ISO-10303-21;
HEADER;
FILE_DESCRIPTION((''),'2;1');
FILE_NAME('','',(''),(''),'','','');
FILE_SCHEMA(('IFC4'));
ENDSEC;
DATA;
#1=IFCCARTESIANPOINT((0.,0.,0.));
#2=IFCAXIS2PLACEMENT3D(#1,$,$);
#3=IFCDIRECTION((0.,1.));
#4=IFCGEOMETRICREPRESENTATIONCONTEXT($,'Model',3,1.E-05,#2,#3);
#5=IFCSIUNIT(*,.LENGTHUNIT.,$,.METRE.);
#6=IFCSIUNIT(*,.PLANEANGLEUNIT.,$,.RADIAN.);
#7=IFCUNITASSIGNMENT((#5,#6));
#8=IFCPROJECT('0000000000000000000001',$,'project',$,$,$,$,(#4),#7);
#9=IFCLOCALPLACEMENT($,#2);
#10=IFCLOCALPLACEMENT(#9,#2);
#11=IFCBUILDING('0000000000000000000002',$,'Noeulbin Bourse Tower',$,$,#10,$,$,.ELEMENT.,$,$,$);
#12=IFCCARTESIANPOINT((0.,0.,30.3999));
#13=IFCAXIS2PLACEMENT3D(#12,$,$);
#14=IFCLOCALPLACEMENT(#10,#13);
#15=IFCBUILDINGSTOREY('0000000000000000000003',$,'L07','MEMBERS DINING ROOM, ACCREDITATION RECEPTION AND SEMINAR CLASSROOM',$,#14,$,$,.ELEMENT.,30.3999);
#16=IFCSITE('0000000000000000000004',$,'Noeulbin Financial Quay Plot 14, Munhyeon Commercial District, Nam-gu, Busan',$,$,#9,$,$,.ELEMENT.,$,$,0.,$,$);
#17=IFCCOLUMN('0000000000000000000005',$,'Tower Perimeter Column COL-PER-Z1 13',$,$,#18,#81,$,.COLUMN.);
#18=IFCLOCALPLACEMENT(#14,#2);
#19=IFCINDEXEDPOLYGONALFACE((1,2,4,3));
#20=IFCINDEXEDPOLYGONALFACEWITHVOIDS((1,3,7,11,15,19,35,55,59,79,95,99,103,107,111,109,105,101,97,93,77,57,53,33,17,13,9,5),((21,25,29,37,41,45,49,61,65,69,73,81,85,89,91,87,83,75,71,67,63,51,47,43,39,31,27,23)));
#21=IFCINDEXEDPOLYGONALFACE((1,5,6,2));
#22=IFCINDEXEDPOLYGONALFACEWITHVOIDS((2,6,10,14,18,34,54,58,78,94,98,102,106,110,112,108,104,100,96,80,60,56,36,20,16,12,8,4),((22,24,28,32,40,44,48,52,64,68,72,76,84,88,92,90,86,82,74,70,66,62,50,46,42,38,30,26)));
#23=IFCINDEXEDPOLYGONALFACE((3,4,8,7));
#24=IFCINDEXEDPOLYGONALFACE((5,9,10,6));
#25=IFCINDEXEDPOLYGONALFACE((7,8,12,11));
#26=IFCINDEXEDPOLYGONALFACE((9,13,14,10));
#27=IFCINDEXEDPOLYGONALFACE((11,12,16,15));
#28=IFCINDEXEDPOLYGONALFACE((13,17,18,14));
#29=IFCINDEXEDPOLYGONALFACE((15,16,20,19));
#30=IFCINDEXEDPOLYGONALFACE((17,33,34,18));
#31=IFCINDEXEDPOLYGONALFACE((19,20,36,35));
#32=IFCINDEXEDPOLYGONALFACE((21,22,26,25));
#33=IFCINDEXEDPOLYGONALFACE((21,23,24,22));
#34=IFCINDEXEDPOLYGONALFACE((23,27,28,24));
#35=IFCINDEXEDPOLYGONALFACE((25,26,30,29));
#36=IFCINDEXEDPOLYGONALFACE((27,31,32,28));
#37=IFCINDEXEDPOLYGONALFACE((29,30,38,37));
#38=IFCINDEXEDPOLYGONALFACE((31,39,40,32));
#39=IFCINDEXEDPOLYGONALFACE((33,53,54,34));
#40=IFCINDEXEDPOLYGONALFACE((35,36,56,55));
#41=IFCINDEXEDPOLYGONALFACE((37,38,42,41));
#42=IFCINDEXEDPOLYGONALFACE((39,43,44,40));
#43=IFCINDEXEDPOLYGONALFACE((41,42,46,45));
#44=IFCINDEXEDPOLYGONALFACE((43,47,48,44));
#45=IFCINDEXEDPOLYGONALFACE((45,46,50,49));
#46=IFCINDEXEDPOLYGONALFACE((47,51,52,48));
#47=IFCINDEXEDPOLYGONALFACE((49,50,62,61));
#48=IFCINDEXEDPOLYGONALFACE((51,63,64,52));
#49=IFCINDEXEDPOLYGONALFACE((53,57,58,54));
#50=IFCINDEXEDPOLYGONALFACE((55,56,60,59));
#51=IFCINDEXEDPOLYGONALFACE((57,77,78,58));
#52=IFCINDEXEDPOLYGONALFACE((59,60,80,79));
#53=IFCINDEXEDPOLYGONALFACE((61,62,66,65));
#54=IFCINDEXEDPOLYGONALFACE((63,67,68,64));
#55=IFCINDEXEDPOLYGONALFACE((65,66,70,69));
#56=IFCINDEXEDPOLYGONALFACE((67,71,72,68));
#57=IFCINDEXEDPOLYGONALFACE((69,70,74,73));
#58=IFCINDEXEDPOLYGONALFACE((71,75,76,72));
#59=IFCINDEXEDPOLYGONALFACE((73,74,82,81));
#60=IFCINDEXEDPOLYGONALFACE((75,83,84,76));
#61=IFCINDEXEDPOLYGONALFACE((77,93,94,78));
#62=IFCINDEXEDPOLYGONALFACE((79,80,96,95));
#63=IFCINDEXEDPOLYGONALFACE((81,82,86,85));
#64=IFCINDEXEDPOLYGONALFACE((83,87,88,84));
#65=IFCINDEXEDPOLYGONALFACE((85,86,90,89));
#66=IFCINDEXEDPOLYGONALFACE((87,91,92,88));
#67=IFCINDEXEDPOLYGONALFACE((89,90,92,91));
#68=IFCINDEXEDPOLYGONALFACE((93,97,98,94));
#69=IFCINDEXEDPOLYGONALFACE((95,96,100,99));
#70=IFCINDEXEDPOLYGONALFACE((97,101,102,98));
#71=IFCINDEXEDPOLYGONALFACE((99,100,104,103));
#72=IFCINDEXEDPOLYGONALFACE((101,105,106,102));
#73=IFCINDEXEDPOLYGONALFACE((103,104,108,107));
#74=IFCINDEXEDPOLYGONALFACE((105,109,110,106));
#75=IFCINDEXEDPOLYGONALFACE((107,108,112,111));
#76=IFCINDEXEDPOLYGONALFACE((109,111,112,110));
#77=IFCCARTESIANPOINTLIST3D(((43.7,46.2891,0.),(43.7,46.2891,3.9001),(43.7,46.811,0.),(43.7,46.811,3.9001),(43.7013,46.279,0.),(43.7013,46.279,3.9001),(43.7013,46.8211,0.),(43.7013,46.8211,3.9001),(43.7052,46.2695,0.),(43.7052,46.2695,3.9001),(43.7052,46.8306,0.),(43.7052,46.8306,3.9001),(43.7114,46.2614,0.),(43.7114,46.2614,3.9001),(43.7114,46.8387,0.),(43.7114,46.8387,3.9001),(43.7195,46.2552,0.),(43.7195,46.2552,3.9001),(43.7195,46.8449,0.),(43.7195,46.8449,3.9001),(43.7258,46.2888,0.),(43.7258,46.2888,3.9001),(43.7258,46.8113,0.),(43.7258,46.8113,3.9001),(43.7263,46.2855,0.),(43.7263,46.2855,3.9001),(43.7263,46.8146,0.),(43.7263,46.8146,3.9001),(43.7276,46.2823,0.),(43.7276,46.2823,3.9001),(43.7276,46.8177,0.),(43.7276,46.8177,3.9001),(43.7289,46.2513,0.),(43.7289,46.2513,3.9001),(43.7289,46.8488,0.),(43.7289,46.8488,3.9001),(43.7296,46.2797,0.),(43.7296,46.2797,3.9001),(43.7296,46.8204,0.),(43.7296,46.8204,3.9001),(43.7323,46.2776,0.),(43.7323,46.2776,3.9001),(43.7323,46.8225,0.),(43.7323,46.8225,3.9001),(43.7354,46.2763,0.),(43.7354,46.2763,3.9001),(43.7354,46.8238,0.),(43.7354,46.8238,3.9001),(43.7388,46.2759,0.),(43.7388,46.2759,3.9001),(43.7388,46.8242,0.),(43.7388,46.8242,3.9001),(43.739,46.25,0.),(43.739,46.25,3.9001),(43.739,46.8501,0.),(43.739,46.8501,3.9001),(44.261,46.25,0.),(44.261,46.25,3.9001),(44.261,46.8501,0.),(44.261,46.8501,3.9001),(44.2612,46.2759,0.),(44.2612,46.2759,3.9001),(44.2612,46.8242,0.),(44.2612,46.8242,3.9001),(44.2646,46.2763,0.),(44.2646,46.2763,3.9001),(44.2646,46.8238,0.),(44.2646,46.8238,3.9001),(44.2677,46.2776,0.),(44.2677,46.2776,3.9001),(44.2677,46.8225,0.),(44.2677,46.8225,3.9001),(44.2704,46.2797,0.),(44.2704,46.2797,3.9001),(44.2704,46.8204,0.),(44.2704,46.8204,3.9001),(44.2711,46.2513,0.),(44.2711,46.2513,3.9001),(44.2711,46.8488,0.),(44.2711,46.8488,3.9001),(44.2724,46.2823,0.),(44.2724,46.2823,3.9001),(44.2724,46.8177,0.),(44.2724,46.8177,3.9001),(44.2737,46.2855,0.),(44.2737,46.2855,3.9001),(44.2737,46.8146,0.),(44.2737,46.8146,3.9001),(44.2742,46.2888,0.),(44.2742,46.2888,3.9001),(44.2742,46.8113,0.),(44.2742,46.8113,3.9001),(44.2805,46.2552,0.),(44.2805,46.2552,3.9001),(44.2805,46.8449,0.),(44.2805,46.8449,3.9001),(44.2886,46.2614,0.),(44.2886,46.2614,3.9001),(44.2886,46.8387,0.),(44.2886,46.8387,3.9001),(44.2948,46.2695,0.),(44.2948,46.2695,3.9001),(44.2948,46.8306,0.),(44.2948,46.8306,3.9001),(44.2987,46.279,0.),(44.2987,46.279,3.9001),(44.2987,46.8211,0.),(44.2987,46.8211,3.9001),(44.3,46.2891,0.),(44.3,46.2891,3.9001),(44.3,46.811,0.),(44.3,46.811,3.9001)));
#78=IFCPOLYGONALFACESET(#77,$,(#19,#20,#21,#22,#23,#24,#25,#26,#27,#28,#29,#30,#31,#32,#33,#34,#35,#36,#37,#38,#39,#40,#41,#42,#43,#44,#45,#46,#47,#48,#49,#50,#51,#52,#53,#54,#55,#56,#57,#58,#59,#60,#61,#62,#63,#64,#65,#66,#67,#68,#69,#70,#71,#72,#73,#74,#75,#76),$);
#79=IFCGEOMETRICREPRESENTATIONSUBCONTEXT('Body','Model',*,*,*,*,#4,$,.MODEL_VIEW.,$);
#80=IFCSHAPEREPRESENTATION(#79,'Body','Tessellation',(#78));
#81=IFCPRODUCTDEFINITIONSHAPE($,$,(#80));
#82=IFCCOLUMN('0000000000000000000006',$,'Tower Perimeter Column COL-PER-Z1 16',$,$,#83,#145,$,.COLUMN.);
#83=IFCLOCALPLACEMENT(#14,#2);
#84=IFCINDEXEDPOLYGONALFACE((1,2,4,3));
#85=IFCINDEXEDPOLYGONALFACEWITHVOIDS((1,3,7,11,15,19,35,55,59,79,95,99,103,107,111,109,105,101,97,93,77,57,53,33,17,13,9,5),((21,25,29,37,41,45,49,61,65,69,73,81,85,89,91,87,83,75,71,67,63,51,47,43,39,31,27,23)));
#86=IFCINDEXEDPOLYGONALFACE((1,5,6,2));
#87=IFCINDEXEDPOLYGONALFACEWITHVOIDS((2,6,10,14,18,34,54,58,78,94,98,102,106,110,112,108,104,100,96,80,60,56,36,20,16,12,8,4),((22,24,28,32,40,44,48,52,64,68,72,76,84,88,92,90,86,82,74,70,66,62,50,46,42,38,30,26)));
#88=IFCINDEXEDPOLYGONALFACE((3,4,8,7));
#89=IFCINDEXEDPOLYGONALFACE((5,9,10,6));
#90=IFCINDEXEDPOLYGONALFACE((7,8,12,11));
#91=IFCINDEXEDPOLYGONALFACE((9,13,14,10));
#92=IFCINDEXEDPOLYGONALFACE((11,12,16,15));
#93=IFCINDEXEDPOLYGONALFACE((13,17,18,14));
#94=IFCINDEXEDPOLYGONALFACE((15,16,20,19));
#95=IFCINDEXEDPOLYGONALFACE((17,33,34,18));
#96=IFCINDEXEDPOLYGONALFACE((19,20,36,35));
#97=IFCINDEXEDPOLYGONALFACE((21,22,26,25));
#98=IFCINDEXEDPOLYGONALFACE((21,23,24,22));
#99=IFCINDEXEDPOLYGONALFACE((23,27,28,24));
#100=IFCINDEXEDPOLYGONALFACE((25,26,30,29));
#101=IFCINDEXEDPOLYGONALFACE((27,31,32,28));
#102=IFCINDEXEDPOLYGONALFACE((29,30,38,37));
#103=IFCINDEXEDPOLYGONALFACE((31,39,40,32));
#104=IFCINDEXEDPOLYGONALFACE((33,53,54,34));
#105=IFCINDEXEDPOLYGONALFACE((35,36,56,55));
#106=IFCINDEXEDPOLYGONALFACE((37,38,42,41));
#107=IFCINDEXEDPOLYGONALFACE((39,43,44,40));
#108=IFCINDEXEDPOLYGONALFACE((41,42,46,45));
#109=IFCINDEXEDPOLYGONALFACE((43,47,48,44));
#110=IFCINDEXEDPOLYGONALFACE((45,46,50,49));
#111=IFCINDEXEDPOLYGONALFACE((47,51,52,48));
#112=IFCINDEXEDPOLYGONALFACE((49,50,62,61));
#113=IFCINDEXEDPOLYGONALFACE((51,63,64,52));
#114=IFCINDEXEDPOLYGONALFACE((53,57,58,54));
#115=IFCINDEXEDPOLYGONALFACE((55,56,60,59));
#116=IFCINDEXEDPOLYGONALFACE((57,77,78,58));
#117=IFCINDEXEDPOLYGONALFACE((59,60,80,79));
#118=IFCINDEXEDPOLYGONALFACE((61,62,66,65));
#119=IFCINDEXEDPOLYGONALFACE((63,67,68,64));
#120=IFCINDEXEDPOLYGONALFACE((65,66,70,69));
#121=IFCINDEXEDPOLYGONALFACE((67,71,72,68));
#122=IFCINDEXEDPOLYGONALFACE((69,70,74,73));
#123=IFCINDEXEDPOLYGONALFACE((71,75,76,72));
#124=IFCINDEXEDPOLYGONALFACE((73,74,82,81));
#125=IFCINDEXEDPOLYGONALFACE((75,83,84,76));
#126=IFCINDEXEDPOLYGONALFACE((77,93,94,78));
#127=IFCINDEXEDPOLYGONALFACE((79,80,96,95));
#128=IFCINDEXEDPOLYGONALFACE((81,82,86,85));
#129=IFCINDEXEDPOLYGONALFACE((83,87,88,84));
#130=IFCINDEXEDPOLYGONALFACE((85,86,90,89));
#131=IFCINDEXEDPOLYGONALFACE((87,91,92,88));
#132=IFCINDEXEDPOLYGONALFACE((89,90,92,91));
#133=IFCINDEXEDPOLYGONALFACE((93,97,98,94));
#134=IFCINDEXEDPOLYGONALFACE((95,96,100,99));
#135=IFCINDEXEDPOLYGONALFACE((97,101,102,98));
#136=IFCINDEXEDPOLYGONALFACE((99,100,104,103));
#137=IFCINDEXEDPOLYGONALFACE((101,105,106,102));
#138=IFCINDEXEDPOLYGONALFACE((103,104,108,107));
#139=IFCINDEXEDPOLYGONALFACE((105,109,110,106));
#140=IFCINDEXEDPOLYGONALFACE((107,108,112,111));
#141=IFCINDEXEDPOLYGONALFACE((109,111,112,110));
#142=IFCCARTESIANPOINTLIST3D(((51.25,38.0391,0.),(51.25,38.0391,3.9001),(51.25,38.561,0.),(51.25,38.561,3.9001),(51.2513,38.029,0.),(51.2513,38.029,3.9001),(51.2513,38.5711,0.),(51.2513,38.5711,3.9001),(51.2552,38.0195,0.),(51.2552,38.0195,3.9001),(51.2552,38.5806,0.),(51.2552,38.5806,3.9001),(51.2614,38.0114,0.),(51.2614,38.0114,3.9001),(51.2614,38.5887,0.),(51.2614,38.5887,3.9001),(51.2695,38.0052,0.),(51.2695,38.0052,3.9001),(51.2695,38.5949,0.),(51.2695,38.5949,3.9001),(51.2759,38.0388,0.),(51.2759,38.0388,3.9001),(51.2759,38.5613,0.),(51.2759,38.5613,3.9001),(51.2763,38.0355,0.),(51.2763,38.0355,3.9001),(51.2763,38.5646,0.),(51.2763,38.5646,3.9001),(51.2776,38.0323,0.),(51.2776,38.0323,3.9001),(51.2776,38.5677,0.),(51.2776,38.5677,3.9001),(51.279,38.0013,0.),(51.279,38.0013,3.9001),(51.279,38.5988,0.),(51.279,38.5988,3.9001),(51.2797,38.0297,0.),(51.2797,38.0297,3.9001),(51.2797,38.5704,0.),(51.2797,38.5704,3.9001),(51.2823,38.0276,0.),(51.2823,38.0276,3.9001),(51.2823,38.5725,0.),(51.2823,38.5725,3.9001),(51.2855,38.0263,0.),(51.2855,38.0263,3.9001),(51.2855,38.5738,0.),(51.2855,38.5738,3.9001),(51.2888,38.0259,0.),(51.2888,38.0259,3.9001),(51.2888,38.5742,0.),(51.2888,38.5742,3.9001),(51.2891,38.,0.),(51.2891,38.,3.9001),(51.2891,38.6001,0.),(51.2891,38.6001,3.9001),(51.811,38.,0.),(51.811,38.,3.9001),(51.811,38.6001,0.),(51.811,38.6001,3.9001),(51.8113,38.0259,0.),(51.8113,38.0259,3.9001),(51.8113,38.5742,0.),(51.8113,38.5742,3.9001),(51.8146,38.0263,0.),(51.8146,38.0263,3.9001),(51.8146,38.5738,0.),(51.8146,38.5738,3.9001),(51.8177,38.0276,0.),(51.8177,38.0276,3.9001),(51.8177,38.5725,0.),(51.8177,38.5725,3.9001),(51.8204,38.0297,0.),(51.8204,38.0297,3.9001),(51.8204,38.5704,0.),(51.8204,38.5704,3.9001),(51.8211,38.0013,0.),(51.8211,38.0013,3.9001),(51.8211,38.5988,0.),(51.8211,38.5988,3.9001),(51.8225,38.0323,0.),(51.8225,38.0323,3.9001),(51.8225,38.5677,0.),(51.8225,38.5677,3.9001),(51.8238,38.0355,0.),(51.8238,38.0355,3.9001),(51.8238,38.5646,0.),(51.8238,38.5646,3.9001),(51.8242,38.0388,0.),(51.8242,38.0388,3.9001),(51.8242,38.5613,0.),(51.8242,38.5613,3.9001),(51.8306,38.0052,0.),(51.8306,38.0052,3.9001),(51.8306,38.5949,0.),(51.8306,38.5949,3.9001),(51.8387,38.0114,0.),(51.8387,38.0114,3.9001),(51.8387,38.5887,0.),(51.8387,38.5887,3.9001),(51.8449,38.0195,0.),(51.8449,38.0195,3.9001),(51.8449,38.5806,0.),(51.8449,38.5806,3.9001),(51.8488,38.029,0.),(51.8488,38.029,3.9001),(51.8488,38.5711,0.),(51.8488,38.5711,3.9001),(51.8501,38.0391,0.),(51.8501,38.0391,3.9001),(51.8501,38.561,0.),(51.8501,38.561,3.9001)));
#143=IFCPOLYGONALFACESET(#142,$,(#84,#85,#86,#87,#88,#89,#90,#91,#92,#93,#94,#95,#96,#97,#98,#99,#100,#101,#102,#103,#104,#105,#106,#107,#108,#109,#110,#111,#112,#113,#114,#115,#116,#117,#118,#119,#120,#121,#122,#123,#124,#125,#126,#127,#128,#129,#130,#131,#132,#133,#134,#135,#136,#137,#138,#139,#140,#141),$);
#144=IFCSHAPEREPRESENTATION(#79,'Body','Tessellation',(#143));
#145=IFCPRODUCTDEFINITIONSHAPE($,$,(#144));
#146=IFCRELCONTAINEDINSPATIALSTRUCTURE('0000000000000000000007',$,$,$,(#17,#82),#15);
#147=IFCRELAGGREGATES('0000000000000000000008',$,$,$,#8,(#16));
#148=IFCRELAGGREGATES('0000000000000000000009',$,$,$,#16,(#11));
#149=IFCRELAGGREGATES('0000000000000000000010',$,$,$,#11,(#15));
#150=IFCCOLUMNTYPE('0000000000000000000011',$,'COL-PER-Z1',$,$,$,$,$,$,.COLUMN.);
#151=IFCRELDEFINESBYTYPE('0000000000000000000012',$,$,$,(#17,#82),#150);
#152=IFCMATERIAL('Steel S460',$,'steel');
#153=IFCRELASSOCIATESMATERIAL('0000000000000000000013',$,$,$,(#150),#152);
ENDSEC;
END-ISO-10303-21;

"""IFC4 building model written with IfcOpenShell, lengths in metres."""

from ifc_helpers import new_model, si_unit, direction, frame, origin, origin_2d, place, context, subcontext, project, spatial, hollow_rectangle, extrude, material, material_profile, profile_set, type_object, element, save


model = new_model("IFC4")

# Units and contexts
model_context = context("Model", 3, precision=1e-05, world=origin(), true_north=direction((0.0, 1.0)))
body_context = subcontext(model_context, "Body", "Model", "MODEL_VIEW")
ifc_project = project(units=[si_unit("LENGTHUNIT", "METRE"), si_unit("PLANEANGLEUNIT", "RADIAN")], contexts=[model_context])

# Site, building, storey
site_placement = place(None, origin())
site = spatial("IfcSite", under=ifc_project, at=site_placement, Name="Noeulbin Financial Quay Plot 14, Munhyeon Commercial District, Nam-gu, Busan", CompositionType="ELEMENT", RefElevation=0.0)
building_placement = place(site_placement, origin())
building = spatial("IfcBuilding", under=site, at=building_placement, Name="Noeulbin Bourse Tower", CompositionType="ELEMENT")
storey_placement = place(building_placement, frame((0.0, 0.0, 30.3999)))
storey = spatial("IfcBuildingStorey", under=building, at=storey_placement, Name="L07", Description="MEMBERS DINING ROOM, ACCREDITATION RECEPTION AND SEMINAR CLASSROOM", CompositionType="ELEMENT", Elevation=30.3999)

# Columns
ifc_material_1 = material(Name="Steel S460", Category="steel")
ifc_material_profile_1 = material_profile(ifc_material_1, hollow_rectangle(XDim=0.6001, YDim=0.6001, WallThickness=0.0259, InnerFilletRadius=0.0129, OuterFilletRadius=0.0391, at=origin_2d()), Name="BOX-600x600x26", Category="LoadBearing")
ifc_profile_set_1 = profile_set([ifc_material_profile_1], Name="Steel S460")
column_type_1 = type_object("IfcColumnType", Name="COL-PER-Z1", PredefinedType="COLUMN", material=ifc_profile_set_1)
for number, where, z_axis, x_axis, name in (
    (1, (44.0, 46.55, 0.0), (0.0, 0.0, 1.0), (1.0, 0.0, 0.0), "Tower Perimeter Column COL-PER-Z1 13"),
    (2, (51.55, 38.3, 0.0), (0.0, 0.0, 1.0), (1.0, 0.0, 0.0), "Tower Perimeter Column COL-PER-Z1 16"),
):
    element("IfcColumn", number, at=place(storey_placement, frame(where, z_axis=z_axis, x_axis=x_axis)), inside=storey, type_object=column_type_1, Name=name, PredefinedType="COLUMN", context=body_context, shape_type="SweptSolid", body=[
        extrude(hollow_rectangle(XDim=0.6001, YDim=0.6001, WallThickness=0.0259, InnerFilletRadius=0.0129, OuterFilletRadius=0.0391, at=origin_2d()), origin(), (0.0, 0.0, 1.0), 3.9001),
    ])

save(model, "model.ifc")
